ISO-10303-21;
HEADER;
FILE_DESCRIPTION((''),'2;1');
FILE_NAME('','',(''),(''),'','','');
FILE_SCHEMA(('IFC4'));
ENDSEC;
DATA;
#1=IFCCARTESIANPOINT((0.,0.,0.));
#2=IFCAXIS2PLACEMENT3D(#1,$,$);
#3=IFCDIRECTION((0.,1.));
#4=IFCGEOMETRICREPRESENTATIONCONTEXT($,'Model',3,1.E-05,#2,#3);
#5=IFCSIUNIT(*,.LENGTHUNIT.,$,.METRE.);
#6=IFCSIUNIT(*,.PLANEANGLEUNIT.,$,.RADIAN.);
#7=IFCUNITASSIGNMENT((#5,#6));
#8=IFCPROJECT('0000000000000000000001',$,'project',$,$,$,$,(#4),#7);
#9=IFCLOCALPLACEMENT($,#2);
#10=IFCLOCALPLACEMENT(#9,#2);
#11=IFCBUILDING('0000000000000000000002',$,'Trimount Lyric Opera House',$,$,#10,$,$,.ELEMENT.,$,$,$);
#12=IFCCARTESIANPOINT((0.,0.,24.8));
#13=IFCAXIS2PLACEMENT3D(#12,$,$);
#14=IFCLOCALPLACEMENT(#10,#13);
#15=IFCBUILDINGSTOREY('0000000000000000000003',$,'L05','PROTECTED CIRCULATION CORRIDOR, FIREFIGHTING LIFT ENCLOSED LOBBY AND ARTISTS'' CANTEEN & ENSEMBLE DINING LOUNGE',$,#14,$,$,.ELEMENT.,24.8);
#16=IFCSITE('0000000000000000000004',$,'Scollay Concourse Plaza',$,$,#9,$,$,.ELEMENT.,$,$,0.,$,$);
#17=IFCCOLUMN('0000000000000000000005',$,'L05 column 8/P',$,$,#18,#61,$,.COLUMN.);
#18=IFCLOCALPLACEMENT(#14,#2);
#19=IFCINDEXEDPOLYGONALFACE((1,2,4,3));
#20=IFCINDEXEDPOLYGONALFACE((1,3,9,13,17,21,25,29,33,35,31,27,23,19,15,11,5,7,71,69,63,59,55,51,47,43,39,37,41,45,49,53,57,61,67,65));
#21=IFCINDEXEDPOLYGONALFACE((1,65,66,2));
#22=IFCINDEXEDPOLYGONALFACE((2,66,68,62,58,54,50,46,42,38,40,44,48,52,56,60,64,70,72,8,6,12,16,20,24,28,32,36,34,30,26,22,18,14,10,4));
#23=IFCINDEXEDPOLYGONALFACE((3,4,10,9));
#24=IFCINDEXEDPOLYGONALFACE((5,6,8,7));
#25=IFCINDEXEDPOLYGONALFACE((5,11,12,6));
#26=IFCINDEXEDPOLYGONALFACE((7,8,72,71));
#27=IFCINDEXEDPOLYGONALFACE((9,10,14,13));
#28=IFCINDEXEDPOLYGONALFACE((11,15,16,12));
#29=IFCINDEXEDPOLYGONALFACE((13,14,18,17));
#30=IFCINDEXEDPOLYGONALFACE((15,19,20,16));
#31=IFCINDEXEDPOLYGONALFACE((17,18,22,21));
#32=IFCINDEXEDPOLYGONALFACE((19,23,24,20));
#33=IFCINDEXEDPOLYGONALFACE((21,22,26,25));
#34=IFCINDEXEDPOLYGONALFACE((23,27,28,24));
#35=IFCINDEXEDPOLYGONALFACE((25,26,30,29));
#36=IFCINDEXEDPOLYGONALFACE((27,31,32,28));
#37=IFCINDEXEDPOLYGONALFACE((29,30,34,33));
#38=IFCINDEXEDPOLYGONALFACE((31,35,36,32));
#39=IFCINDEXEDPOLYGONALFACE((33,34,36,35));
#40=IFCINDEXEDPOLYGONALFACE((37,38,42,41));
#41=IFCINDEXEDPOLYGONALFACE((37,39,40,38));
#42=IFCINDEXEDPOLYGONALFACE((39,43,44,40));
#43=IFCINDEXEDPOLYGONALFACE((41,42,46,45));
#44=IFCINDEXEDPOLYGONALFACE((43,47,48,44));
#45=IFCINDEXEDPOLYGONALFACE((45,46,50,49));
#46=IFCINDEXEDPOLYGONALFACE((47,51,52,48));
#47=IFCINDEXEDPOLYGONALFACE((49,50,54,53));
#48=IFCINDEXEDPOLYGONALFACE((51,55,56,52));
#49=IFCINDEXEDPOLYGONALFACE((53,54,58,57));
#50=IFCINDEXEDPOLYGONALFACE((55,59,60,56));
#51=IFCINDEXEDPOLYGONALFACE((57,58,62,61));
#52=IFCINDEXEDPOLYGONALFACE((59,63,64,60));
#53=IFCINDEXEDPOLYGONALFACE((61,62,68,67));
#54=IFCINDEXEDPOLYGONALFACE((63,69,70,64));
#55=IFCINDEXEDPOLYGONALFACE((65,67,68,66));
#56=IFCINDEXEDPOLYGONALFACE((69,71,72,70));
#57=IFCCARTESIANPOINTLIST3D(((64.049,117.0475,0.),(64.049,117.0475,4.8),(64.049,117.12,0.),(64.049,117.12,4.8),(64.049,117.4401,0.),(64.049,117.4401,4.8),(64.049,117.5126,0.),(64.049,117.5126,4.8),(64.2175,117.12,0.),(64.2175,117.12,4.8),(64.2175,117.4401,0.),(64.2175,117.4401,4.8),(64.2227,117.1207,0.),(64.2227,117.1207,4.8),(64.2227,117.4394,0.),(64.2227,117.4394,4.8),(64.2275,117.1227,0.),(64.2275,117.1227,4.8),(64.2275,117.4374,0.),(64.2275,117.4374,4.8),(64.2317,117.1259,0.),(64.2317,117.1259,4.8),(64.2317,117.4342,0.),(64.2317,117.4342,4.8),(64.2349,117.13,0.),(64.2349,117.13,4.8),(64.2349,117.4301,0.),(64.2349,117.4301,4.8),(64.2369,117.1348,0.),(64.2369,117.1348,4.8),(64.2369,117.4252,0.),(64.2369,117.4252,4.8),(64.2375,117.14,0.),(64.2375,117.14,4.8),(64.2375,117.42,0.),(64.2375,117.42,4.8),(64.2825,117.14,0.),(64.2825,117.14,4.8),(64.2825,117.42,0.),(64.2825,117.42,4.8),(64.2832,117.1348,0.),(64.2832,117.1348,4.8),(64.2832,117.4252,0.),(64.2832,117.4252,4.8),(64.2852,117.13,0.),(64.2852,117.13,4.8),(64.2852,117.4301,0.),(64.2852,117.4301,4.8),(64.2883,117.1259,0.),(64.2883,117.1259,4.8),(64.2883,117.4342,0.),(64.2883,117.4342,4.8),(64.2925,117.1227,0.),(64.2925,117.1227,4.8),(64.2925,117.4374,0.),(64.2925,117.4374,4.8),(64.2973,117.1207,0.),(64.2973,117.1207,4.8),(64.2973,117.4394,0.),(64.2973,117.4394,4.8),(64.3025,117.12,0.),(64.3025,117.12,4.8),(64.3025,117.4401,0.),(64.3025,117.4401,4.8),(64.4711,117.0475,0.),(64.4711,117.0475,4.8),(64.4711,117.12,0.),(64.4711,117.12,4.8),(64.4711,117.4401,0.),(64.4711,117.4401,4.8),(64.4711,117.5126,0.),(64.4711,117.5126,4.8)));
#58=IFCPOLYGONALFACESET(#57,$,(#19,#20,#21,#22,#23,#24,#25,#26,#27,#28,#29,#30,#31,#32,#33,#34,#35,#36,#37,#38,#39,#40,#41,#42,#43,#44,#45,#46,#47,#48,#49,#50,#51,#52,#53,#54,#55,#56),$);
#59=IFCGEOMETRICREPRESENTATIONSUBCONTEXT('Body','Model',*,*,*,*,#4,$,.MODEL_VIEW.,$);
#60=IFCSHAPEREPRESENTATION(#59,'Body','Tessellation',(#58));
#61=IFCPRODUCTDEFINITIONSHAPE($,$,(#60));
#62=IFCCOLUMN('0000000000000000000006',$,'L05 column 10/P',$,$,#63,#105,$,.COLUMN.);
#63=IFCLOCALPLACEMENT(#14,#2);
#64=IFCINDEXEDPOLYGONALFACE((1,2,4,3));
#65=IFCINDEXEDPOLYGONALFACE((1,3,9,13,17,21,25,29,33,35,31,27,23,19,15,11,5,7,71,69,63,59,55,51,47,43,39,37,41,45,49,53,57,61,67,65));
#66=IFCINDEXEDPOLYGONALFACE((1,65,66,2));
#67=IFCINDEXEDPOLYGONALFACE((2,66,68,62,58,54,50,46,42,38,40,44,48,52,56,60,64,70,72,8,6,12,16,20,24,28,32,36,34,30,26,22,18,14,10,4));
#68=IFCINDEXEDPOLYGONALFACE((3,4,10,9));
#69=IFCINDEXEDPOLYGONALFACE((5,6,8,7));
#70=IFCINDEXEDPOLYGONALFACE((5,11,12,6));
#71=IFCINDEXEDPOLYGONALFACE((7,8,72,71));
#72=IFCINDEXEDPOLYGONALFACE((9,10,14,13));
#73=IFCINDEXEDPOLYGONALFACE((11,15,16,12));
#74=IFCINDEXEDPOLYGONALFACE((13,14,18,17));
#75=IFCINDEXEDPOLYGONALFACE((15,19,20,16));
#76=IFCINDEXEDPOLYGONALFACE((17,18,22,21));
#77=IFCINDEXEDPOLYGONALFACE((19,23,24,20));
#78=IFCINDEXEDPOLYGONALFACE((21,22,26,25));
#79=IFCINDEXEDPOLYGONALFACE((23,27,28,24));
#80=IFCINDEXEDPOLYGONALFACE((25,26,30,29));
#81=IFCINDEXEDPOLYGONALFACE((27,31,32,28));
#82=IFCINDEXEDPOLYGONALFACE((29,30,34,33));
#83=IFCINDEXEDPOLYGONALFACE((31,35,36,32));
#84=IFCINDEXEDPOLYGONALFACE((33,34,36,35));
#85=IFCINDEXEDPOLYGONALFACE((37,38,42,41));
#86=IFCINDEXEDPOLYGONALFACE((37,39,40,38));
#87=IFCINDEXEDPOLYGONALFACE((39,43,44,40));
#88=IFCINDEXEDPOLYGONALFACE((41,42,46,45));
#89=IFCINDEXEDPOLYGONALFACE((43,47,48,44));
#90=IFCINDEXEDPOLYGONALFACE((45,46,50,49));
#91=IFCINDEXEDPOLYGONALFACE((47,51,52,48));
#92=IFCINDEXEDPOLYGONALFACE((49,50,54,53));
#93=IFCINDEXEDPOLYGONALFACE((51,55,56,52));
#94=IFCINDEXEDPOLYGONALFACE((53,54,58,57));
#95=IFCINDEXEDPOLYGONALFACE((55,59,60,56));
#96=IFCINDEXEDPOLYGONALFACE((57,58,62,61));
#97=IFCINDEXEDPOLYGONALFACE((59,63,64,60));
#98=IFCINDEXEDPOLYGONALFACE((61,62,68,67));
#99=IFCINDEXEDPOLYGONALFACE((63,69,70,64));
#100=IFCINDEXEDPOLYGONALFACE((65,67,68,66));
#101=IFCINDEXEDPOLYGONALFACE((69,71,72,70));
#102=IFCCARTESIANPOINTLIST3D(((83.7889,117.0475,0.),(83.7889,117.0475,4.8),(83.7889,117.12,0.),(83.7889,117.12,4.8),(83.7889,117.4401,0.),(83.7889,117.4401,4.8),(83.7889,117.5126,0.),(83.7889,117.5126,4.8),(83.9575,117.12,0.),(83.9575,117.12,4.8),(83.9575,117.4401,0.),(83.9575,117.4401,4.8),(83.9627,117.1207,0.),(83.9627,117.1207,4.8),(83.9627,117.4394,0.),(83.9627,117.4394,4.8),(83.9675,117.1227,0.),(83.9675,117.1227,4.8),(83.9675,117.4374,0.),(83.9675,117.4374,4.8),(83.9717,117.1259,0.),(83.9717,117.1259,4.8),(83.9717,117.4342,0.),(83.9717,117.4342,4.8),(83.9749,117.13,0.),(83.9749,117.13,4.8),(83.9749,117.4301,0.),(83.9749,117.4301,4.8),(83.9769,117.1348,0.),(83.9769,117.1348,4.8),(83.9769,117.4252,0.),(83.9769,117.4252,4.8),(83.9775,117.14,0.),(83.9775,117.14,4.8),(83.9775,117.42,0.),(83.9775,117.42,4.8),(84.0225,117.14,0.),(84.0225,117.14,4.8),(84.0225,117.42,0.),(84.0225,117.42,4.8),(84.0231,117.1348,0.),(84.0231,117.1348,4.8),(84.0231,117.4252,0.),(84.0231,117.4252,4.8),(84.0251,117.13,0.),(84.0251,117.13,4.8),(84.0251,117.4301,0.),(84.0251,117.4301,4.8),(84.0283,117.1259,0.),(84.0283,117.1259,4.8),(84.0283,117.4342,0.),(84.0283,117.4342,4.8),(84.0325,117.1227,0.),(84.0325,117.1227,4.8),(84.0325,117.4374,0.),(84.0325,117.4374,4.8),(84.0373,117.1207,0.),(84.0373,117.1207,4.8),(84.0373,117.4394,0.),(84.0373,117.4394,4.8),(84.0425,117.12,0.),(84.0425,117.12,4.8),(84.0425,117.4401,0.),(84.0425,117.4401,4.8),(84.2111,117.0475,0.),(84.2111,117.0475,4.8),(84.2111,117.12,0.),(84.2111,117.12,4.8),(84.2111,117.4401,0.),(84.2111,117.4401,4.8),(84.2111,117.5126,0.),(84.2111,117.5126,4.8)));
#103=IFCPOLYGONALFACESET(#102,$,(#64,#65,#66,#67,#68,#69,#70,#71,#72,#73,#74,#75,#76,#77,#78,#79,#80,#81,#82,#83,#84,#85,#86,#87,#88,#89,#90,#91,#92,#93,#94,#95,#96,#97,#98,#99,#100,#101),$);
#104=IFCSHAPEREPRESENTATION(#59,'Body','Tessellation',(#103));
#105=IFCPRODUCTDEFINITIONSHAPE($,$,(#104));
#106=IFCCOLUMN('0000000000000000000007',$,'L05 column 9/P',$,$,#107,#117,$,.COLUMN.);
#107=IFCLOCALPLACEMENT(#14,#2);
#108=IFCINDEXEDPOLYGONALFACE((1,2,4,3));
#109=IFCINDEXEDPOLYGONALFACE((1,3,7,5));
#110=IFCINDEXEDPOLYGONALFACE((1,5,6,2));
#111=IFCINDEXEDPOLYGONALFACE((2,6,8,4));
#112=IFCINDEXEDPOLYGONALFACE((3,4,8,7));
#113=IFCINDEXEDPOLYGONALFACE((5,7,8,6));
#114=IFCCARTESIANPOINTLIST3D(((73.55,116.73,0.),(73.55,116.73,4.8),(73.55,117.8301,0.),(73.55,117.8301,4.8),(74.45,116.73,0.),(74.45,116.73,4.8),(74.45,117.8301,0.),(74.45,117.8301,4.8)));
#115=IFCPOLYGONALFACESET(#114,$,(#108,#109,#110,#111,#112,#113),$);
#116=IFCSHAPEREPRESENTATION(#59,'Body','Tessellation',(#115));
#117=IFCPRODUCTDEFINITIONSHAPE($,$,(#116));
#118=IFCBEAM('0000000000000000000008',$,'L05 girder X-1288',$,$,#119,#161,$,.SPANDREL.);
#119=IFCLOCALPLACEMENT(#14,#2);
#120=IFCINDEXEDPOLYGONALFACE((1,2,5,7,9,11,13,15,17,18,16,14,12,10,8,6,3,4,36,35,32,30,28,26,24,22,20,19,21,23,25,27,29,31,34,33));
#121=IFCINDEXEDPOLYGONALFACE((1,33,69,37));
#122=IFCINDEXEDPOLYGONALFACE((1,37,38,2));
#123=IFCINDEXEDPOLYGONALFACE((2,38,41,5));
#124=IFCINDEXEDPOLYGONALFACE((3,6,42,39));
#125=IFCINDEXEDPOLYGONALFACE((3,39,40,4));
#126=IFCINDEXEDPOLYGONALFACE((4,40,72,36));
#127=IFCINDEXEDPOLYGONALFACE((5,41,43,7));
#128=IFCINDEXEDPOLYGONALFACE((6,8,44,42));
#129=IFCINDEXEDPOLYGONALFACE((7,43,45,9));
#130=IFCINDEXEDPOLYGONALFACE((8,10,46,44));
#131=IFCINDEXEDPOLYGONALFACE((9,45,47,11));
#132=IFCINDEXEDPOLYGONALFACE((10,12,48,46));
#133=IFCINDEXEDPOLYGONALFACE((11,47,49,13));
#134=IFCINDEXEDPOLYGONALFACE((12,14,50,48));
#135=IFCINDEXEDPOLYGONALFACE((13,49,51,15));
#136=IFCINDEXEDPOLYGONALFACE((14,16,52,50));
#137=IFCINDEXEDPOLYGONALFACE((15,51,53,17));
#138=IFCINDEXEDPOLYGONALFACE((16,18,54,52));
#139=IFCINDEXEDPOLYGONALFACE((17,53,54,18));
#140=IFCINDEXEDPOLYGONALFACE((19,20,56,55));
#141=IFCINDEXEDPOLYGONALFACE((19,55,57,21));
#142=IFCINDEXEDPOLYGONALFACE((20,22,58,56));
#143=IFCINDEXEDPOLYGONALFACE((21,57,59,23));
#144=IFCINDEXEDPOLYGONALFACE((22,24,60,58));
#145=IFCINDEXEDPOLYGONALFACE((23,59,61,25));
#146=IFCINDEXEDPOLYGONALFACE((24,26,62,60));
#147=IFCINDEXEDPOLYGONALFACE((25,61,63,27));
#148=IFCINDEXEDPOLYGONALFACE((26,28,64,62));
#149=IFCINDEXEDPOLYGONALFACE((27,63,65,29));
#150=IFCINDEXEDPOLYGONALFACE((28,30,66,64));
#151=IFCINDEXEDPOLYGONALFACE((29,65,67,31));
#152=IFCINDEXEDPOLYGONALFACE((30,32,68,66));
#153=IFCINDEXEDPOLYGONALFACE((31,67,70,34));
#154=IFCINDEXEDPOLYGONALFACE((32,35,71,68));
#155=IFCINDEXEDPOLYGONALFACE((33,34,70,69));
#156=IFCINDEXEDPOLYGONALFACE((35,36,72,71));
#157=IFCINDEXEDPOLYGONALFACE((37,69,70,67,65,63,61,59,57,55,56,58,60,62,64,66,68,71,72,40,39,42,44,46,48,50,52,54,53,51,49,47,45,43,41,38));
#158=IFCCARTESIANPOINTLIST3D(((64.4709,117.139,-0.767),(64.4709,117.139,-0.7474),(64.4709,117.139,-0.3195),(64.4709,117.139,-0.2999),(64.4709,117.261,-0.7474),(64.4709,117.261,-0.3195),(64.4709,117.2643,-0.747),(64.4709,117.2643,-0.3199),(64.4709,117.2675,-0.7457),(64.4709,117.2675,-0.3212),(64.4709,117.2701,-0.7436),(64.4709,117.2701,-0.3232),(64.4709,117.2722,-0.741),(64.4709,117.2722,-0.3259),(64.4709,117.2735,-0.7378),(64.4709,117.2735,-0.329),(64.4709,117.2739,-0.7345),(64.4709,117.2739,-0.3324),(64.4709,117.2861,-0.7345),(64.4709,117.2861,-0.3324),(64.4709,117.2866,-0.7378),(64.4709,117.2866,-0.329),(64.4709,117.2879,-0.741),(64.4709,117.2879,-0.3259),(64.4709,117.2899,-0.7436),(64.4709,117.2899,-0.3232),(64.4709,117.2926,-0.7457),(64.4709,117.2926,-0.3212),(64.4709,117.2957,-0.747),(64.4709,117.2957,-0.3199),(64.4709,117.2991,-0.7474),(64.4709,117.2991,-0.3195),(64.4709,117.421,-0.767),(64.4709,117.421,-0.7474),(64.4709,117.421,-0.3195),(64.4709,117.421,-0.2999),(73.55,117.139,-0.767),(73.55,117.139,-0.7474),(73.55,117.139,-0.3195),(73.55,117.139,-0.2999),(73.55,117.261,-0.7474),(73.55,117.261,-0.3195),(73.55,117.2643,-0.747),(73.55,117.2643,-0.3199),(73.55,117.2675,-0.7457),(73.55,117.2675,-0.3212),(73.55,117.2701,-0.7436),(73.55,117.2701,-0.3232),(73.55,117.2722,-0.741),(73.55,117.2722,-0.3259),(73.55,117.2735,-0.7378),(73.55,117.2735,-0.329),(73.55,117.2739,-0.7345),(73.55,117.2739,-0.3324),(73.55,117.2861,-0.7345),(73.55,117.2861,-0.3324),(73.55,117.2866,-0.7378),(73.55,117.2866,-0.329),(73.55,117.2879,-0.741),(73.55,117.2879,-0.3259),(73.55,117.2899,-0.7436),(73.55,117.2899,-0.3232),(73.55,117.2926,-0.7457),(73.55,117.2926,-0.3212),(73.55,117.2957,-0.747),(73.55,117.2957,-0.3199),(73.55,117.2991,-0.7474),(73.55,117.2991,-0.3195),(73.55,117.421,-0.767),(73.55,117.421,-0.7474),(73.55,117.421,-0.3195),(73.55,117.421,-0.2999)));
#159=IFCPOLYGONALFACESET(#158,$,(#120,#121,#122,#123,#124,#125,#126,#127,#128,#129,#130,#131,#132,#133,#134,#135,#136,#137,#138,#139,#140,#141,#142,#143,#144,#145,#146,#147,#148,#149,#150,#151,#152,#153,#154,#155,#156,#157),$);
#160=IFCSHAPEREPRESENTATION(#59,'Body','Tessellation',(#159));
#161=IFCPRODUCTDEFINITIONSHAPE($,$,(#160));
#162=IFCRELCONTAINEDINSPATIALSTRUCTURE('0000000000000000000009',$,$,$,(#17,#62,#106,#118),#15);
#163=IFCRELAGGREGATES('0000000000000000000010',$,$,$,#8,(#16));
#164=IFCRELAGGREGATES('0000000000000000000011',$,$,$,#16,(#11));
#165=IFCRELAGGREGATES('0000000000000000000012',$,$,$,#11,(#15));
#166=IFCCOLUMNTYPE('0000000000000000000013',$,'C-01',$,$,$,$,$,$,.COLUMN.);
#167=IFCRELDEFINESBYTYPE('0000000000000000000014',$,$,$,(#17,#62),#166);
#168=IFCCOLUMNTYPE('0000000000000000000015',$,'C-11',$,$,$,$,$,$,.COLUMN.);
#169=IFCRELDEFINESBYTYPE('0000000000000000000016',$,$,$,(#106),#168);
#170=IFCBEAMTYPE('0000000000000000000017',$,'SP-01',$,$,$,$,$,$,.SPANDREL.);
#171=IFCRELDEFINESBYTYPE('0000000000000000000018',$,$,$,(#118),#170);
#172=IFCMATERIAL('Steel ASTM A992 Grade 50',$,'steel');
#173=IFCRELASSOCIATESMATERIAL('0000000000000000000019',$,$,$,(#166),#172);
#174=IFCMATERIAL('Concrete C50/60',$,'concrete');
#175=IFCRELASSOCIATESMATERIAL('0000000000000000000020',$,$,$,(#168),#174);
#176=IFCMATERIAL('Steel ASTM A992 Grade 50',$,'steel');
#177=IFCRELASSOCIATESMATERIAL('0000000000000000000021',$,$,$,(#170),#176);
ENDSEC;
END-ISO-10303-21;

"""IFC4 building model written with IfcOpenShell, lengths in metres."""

from ifc_helpers import new_model, si_unit, direction, frame, origin, origin_2d, place, context, subcontext, project, spatial, rectangle, i_section, extrude, material, material_profile, profile_set, type_object, element, save


model = new_model("IFC4")

# Units and contexts
model_context = context("Model", 3, precision=1e-05, world=origin(), true_north=direction((0.0, 1.0)))
body_context = subcontext(model_context, "Body", "Model", "MODEL_VIEW")
ifc_project = project(units=[si_unit("LENGTHUNIT", "METRE"), si_unit("PLANEANGLEUNIT", "RADIAN")], contexts=[model_context])

# Site, building, storey
site_placement = place(None, origin())
site = spatial("IfcSite", under=ifc_project, at=site_placement, Name="Scollay Concourse Plaza", CompositionType="ELEMENT", RefElevation=0.0)
building_placement = place(site_placement, origin())
building = spatial("IfcBuilding", under=site, at=building_placement, Name="Trimount Lyric Opera House", CompositionType="ELEMENT")
storey_placement = place(building_placement, frame((0.0, 0.0, 24.8)))
storey = spatial("IfcBuildingStorey", under=building, at=storey_placement, Name="L05", Description="PROTECTED CIRCULATION CORRIDOR, FIREFIGHTING LIFT ENCLOSED LOBBY AND ARTISTS' CANTEEN & ENSEMBLE DINING LOUNGE", CompositionType="ELEMENT", Elevation=24.8)

# Columns
ifc_material_1 = material(Name="Steel ASTM A992 Grade 50", Category="steel")
ifc_material_profile_1 = material_profile(ifc_material_1, i_section(OverallWidth=0.4221, OverallDepth=0.4651, WebThickness=0.0449, FlangeThickness=0.0725, FilletRadius=0.02, at=origin_2d()), Name="W14X398")
ifc_profile_set_1 = profile_set([ifc_material_profile_1], Name="Steel ASTM A992 Grade 50")
column_type_1 = type_object("IfcColumnType", Name="C-01", PredefinedType="COLUMN", material=ifc_profile_set_1)
for number, where, z_axis, x_axis, name in (
    (1, (64.26, 117.28, 0.0), (0.0, 0.0, 1.0), (1.0, 0.0, 0.0), "L05 column 8/P"),
    (2, (84.0, 117.28, 0.0), (0.0, 0.0, 1.0), (1.0, 0.0, 0.0), "L05 column 10/P"),
):
    element("IfcColumn", number, at=place(storey_placement, frame(where, z_axis=z_axis, x_axis=x_axis)), inside=storey, type_object=column_type_1, Name=name, PredefinedType="COLUMN", context=body_context, shape_type="SweptSolid", body=[
        extrude(i_section(OverallWidth=0.4221, OverallDepth=0.4651, WebThickness=0.0449, FlangeThickness=0.0725, FilletRadius=0.02, at=origin_2d()), origin(), (0.0, 0.0, 1.0), 4.8),
    ])
ifc_material_2 = material(Name="Concrete C50/60", Category="concrete")
ifc_material_profile_2 = material_profile(ifc_material_2, rectangle(XDim=0.8999, YDim=1.1001, at=origin_2d()), Name="RC1100X900")
ifc_profile_set_2 = profile_set([ifc_material_profile_2], Name="Concrete C50/60")
column_type_2 = type_object("IfcColumnType", Name="C-11", PredefinedType="COLUMN", material=ifc_profile_set_2)
column_placement = place(storey_placement, frame((74.0, 117.28, 0.0), z_axis=(0.0, 0.0, 1.0), x_axis=(1.0, 0.0, 0.0)))
element("IfcColumn", 3, at=column_placement, inside=storey, type_object=column_type_2, Name="L05 column 9/P", PredefinedType="COLUMN", context=body_context, shape_type="SweptSolid", body=[
    extrude(rectangle(XDim=0.8999, YDim=1.1001, at=origin_2d()), origin(), (0.0, 0.0, 1.0), 4.8),
])

# Beam
ifc_material_3 = material(Name="Steel ASTM A992 Grade 50", Category="steel")
ifc_material_profile_3 = material_profile(ifc_material_3, i_section(OverallWidth=0.282, OverallDepth=0.467, WebThickness=0.0122, FlangeThickness=0.0195, FilletRadius=0.0129, at=origin_2d()), Name="W18X86")
ifc_profile_set_3 = profile_set([ifc_material_profile_3], Name="Steel ASTM A992 Grade 50")
beam_type_1 = type_object("IfcBeamType", Name="SP-01", PredefinedType="SPANDREL", material=ifc_profile_set_3)
beam_1_placement = place(storey_placement, frame((64.4709, 117.28, -0.5334), z_axis=(1.0, 0.0, 0.0), x_axis=(0.0, 1.0, 0.0)))
element("IfcBeam", 4, at=beam_1_placement, inside=storey, type_object=beam_type_1, Name="L05 girder X-1288", PredefinedType="SPANDREL", context=body_context, shape_type="SweptSolid", body=[
    extrude(i_section(OverallWidth=0.282, OverallDepth=0.467, WebThickness=0.0122, FlangeThickness=0.0195, FilletRadius=0.0129, at=origin_2d()), origin(), (0.0, 0.0, 1.0), 9.0791),
])

save(model, "model.ifc")
